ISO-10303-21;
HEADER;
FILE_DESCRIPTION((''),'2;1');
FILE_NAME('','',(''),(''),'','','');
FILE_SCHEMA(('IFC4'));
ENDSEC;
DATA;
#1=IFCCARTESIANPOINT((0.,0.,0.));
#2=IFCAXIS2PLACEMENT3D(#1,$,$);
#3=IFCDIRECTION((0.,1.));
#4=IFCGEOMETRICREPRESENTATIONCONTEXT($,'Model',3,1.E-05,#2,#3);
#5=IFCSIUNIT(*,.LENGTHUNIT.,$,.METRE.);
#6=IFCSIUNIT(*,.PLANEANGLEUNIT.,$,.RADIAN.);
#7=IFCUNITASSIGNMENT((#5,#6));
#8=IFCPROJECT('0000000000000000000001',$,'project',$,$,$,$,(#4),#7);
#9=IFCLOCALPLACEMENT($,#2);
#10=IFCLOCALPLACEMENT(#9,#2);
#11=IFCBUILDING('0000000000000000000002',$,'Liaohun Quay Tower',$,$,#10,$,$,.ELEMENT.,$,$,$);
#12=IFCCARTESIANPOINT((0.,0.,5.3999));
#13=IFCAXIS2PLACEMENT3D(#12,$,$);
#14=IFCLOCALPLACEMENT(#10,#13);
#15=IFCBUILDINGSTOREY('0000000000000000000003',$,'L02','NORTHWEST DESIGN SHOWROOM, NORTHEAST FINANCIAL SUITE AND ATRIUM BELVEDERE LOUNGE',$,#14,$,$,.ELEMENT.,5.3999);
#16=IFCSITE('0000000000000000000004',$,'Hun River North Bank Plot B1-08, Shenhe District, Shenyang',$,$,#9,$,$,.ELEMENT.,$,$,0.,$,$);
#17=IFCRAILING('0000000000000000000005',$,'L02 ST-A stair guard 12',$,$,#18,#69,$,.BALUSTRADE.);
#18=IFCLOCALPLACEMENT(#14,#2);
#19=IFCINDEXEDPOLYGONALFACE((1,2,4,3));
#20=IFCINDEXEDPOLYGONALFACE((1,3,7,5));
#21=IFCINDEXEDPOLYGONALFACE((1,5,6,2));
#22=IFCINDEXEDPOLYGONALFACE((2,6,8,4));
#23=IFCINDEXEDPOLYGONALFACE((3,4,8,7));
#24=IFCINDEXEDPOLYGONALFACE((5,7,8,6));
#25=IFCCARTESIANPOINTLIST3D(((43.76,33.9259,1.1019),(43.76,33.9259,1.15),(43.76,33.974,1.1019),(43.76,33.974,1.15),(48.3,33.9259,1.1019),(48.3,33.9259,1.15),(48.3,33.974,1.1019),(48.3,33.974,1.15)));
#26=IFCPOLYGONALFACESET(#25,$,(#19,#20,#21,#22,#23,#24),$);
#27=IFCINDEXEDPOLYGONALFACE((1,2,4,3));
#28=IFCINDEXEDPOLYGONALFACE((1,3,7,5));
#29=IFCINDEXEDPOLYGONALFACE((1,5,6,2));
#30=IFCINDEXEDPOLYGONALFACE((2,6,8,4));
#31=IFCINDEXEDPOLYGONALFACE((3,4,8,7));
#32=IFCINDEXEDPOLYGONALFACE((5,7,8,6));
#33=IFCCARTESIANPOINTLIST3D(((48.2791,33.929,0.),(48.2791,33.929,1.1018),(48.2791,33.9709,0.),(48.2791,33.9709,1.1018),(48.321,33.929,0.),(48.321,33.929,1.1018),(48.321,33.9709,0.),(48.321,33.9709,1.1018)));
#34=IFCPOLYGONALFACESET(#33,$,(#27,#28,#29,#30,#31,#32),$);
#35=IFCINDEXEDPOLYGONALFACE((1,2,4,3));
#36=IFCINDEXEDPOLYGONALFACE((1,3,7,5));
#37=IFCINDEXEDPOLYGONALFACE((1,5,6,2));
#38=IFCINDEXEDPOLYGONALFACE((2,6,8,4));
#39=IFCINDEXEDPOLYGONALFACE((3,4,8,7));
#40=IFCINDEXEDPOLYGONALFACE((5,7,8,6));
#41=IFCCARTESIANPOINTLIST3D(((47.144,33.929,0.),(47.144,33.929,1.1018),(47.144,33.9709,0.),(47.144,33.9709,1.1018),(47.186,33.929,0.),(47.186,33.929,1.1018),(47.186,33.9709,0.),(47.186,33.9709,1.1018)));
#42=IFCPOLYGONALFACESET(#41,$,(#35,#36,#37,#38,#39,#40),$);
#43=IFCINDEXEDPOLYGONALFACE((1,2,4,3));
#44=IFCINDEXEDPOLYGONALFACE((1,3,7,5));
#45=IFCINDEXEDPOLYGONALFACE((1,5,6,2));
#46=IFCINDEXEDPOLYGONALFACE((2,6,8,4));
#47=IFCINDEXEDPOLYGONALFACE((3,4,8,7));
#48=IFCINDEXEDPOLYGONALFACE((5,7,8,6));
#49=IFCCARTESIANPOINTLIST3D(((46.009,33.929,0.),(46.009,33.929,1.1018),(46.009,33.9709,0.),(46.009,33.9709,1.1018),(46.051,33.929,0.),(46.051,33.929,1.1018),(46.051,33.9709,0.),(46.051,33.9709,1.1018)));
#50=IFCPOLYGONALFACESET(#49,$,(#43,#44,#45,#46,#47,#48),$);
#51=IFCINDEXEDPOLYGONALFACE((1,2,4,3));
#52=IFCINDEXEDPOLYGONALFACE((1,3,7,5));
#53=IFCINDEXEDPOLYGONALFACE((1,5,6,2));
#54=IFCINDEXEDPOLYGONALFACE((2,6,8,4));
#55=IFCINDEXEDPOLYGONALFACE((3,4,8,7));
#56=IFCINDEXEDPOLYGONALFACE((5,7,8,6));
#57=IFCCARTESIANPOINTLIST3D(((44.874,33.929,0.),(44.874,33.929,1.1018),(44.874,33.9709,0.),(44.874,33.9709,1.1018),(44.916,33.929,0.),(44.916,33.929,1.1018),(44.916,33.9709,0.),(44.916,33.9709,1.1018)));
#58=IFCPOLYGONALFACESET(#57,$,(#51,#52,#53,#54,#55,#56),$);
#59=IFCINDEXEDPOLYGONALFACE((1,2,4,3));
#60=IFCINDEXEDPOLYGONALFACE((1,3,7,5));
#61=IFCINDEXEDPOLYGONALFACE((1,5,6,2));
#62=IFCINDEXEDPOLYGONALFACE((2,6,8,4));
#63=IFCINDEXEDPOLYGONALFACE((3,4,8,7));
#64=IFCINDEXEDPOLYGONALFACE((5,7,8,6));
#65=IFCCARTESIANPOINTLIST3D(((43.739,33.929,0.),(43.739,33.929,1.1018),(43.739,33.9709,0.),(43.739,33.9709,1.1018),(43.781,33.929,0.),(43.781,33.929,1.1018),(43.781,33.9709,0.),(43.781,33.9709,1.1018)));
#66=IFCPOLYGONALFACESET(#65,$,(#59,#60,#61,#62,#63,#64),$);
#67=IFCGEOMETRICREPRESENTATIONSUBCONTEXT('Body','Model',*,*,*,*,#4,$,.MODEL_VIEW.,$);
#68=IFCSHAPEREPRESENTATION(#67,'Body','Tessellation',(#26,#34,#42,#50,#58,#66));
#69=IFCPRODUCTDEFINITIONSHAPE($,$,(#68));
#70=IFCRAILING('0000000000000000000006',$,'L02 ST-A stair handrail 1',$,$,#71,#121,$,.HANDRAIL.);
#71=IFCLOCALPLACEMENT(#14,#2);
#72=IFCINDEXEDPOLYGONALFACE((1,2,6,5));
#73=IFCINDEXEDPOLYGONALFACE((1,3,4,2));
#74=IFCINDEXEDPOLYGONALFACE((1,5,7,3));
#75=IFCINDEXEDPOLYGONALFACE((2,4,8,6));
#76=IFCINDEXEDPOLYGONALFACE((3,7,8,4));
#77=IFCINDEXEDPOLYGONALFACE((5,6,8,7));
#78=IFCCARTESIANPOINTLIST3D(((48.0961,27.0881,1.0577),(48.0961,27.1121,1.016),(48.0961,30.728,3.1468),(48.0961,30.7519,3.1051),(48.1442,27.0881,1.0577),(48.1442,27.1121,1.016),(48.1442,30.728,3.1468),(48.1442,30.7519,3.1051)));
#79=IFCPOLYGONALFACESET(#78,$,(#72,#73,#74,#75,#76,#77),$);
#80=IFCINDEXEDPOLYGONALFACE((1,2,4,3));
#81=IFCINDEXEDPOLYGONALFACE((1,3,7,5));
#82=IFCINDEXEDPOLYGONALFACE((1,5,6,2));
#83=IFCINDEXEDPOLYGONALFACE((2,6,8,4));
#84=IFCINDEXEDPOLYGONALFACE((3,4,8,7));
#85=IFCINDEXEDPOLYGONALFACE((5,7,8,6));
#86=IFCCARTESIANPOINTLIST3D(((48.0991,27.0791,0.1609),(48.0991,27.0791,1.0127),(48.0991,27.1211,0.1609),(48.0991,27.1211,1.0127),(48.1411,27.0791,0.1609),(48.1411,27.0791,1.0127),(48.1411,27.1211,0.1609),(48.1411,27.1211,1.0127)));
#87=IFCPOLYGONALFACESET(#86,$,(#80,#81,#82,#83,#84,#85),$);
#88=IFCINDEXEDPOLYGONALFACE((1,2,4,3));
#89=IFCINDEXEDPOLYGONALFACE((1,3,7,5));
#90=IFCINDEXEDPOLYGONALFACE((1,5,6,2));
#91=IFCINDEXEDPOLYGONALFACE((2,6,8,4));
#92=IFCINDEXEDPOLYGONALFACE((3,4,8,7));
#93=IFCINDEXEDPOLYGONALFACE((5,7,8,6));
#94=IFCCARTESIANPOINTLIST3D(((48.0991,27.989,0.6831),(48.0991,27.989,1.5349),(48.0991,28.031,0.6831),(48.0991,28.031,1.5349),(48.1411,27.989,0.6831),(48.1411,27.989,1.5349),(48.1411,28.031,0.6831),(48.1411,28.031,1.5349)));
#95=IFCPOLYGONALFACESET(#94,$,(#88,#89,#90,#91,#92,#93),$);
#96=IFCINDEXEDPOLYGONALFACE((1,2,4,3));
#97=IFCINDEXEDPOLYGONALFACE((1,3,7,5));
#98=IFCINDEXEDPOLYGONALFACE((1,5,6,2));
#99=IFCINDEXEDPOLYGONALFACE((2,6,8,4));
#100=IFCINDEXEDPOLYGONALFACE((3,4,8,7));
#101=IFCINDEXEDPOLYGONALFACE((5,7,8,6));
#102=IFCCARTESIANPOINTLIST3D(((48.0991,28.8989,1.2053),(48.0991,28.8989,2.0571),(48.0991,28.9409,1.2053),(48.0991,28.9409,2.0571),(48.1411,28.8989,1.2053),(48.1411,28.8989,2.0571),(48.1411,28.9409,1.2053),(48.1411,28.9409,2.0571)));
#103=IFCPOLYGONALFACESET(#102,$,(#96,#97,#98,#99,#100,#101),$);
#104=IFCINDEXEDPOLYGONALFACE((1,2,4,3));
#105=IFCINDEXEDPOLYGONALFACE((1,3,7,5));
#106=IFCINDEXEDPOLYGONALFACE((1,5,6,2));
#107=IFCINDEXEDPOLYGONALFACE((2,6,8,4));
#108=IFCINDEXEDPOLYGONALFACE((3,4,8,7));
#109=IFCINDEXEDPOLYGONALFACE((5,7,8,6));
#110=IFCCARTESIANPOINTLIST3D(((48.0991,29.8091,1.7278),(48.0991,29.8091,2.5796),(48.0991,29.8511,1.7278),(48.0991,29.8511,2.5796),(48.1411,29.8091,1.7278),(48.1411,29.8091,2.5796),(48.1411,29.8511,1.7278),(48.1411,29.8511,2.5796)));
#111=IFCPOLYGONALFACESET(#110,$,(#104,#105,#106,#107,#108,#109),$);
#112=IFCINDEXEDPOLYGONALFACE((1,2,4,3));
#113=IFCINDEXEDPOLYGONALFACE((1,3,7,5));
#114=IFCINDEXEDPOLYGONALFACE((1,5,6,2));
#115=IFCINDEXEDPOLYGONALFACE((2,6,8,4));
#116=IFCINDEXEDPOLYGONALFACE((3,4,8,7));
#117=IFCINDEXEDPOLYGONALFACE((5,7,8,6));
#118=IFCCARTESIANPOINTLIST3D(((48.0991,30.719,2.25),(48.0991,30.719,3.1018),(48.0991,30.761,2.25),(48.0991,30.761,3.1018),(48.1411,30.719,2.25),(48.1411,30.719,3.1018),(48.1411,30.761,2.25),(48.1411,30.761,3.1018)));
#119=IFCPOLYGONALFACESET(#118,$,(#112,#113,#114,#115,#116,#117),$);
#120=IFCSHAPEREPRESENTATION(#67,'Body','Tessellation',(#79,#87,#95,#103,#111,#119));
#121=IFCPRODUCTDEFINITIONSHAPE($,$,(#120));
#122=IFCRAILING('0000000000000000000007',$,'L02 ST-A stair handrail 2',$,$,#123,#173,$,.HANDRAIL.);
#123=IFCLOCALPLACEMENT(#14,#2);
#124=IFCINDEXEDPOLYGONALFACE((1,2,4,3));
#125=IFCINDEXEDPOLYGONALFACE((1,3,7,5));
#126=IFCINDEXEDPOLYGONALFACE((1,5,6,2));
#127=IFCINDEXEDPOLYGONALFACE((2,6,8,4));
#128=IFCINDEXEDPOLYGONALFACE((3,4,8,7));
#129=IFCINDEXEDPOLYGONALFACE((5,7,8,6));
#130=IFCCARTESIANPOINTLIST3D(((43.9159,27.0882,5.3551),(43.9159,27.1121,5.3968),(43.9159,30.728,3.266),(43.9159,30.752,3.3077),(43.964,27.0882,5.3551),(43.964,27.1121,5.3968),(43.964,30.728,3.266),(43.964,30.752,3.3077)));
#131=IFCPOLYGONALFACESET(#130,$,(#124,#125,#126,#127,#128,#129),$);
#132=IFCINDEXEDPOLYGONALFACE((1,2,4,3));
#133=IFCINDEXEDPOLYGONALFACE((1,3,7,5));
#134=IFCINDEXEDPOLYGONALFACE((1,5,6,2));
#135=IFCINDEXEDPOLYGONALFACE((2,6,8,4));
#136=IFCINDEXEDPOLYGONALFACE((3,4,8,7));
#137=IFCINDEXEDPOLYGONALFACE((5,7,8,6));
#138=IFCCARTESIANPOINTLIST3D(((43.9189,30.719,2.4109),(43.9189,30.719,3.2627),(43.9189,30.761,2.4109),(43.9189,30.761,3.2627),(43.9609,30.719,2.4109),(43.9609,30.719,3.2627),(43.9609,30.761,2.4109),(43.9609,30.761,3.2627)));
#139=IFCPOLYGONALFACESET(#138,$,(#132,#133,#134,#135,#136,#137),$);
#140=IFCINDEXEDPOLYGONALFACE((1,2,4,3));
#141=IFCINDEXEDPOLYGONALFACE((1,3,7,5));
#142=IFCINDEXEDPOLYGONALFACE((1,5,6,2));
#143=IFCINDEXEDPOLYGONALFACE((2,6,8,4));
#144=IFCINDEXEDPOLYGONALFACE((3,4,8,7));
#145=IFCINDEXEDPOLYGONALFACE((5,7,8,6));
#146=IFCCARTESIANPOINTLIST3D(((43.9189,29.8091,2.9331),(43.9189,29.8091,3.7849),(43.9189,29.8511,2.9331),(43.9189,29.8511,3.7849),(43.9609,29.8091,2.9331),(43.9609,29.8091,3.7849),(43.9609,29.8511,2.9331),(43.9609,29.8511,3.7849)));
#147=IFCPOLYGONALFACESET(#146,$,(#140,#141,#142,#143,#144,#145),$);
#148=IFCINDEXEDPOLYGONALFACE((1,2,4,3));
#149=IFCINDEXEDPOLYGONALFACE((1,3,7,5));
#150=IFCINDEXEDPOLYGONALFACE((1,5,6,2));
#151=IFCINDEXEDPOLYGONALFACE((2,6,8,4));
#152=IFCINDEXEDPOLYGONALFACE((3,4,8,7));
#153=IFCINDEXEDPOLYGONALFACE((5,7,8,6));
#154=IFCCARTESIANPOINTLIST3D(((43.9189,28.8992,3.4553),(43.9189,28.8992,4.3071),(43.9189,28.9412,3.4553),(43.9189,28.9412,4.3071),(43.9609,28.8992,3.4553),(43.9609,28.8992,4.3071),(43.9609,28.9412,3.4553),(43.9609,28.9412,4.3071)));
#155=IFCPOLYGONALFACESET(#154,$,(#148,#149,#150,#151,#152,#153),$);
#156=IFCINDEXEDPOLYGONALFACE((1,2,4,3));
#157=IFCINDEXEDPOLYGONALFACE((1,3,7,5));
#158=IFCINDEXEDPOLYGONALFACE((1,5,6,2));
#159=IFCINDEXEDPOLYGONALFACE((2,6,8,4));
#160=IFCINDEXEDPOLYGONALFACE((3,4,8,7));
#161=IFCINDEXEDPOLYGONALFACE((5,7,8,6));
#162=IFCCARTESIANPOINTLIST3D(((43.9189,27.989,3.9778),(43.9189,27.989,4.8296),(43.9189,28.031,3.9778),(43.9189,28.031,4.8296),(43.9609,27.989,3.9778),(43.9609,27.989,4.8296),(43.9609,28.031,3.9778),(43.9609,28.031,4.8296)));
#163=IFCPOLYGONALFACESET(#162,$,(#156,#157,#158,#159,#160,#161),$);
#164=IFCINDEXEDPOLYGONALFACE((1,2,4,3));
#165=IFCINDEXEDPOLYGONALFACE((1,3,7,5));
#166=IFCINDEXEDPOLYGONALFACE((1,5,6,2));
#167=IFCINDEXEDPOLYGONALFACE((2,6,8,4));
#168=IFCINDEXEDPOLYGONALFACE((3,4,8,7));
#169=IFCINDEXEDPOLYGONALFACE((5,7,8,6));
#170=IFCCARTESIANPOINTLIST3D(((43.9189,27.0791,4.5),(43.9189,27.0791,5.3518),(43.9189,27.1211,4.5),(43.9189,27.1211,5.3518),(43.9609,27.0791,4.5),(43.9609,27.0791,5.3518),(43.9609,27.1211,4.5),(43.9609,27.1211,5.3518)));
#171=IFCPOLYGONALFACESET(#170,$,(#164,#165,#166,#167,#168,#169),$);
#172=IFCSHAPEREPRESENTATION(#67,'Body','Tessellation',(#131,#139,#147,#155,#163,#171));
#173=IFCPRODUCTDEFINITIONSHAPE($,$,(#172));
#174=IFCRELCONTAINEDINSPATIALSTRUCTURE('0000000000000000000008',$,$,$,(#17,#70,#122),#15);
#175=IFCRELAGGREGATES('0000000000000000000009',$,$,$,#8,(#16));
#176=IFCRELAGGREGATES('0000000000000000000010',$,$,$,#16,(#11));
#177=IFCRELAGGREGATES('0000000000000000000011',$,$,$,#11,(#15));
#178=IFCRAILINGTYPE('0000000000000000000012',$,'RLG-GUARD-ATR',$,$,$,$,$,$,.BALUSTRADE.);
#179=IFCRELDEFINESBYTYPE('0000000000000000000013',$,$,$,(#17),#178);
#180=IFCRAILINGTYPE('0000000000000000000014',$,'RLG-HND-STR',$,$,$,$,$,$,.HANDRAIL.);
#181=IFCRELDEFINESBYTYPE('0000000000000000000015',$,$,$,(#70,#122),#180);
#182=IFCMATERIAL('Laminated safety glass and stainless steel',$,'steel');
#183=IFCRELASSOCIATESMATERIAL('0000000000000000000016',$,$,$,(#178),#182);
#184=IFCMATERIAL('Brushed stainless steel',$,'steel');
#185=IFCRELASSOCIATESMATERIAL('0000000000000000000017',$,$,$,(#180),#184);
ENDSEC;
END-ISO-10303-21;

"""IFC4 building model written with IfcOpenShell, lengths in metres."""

from ifc_helpers import new_model, si_unit, direction, frame, origin, origin_2d, place, context, subcontext, project, spatial, rectangle, extrude, material, type_object, element, save


model = new_model("IFC4")

# Units and contexts
model_context = context("Model", 3, precision=1e-05, world=origin(), true_north=direction((0.0, 1.0)))
body_context = subcontext(model_context, "Body", "Model", "MODEL_VIEW")
ifc_project = project(units=[si_unit("LENGTHUNIT", "METRE"), si_unit("PLANEANGLEUNIT", "RADIAN")], contexts=[model_context])

# Site, building, storey
site_placement = place(None, origin())
site = spatial("IfcSite", under=ifc_project, at=site_placement, Name="Hun River North Bank Plot B1-08, Shenhe District, Shenyang", CompositionType="ELEMENT", RefElevation=0.0)
building_placement = place(site_placement, origin())
building = spatial("IfcBuilding", under=site, at=building_placement, Name="Liaohun Quay Tower", CompositionType="ELEMENT")
storey_placement = place(building_placement, frame((0.0, 0.0, 5.3999)))
storey = spatial("IfcBuildingStorey", under=building, at=storey_placement, Name="L02", Description="NORTHWEST DESIGN SHOWROOM, NORTHEAST FINANCIAL SUITE AND ATRIUM BELVEDERE LOUNGE", CompositionType="ELEMENT", Elevation=5.3999)

# Railings
ifc_material_1 = material(Name="Laminated safety glass and stainless steel", Category="steel")
railing_type_1 = type_object("IfcRailingType", Name="RLG-GUARD-ATR", PredefinedType="BALUSTRADE", material=ifc_material_1)
railing_1_placement = place(storey_placement, frame((48.3, 33.95, 0.0)))
element("IfcRailing", 1, at=railing_1_placement, inside=storey, type_object=railing_type_1, Name="L02 ST-A stair guard 12", PredefinedType="BALUSTRADE", context=body_context, shape_type="SweptSolid", body=[
    extrude(rectangle(XDim=0.0481, YDim=0.0481, at=origin_2d()), frame((0.0, 0.0, 1.126), z_axis=(-1.0, 0.0, 0.0), x_axis=(0.0, -1.0, 0.0)), (0.0, 0.0, 1.0), 4.54),
    extrude(rectangle(XDim=0.042, YDim=0.042, at=origin_2d()), origin(), (0.0, 0.0, 1.0), 1.1018),
    extrude(rectangle(XDim=0.042, YDim=0.042, at=origin_2d()), frame((-1.135, 0.0, 0.0)), (0.0, 0.0, 1.0), 1.1018),
    extrude(rectangle(XDim=0.042, YDim=0.042, at=origin_2d()), frame((-2.27, 0.0, 0.0)), (0.0, 0.0, 1.0), 1.1018),
    extrude(rectangle(XDim=0.042, YDim=0.042, at=origin_2d()), frame((-3.405, 0.0, 0.0)), (0.0, 0.0, 1.0), 1.1018),
    extrude(rectangle(XDim=0.042, YDim=0.042, at=origin_2d()), frame((-4.54, 0.0, 0.0)), (0.0, 0.0, 1.0), 1.1018),
])
ifc_material_2 = material(Name="Brushed stainless steel", Category="steel")
railing_type_2 = type_object("IfcRailingType", Name="RLG-HND-STR", PredefinedType="HANDRAIL", material=ifc_material_2)
railing_2_placement = place(storey_placement, frame((48.1201, 27.1001, 0.1609)))
element("IfcRailing", 2, at=railing_2_placement, inside=storey, type_object=railing_type_2, Name="L02 ST-A stair handrail 1", PredefinedType="HANDRAIL", context=body_context, shape_type="SweptSolid", body=[
    extrude(rectangle(XDim=0.0481, YDim=0.0481, at=origin_2d()), frame((0.0, 0.0, 0.876), z_axis=(0.0, 0.8673, 0.497786), x_axis=(-1.0, 0.0, 0.0)), (0.0, 0.0, 1.0), 4.1968),
    extrude(rectangle(XDim=0.042, YDim=0.042, at=origin_2d()), origin(), (0.0, 0.0, 1.0), 0.8518),
    extrude(rectangle(XDim=0.042, YDim=0.042, at=origin_2d()), frame((0.0, 0.9099, 0.5222)), (0.0, 0.0, 1.0), 0.8518),
    extrude(rectangle(XDim=0.042, YDim=0.042, at=origin_2d()), frame((0.0, 1.8198, 1.0444)), (0.0, 0.0, 1.0), 0.8518),
    extrude(rectangle(XDim=0.042, YDim=0.042, at=origin_2d()), frame((0.0, 2.73, 1.5669)), (0.0, 0.0, 1.0), 0.8518),
    extrude(rectangle(XDim=0.042, YDim=0.042, at=origin_2d()), frame((0.0, 3.6399, 2.0891)), (0.0, 0.0, 1.0), 0.8518),
])
railing_3_placement = place(storey_placement, frame((43.9399, 30.74, 2.4109)))
element("IfcRailing", 3, at=railing_3_placement, inside=storey, type_object=railing_type_2, Name="L02 ST-A stair handrail 2", PredefinedType="HANDRAIL", context=body_context, shape_type="SweptSolid", body=[
    extrude(rectangle(XDim=0.0481, YDim=0.0481, at=origin_2d()), frame((0.0, 0.0, 0.876), z_axis=(0.0, -0.8673, 0.497786), x_axis=(1.0, 0.0, 0.0)), (0.0, 0.0, 1.0), 4.1968),
    extrude(rectangle(XDim=0.042, YDim=0.042, at=origin_2d()), origin(), (0.0, 0.0, 1.0), 0.8518),
    extrude(rectangle(XDim=0.042, YDim=0.042, at=origin_2d()), frame((0.0, -0.9099, 0.5222)), (0.0, 0.0, 1.0), 0.8518),
    extrude(rectangle(XDim=0.042, YDim=0.042, at=origin_2d()), frame((0.0, -1.8198, 1.0444)), (0.0, 0.0, 1.0), 0.8518),
    extrude(rectangle(XDim=0.042, YDim=0.042, at=origin_2d()), frame((0.0, -2.73, 1.5669)), (0.0, 0.0, 1.0), 0.8518),
    extrude(rectangle(XDim=0.042, YDim=0.042, at=origin_2d()), frame((0.0, -3.6399, 2.0891)), (0.0, 0.0, 1.0), 0.8518),
])

save(model, "model.ifc")
